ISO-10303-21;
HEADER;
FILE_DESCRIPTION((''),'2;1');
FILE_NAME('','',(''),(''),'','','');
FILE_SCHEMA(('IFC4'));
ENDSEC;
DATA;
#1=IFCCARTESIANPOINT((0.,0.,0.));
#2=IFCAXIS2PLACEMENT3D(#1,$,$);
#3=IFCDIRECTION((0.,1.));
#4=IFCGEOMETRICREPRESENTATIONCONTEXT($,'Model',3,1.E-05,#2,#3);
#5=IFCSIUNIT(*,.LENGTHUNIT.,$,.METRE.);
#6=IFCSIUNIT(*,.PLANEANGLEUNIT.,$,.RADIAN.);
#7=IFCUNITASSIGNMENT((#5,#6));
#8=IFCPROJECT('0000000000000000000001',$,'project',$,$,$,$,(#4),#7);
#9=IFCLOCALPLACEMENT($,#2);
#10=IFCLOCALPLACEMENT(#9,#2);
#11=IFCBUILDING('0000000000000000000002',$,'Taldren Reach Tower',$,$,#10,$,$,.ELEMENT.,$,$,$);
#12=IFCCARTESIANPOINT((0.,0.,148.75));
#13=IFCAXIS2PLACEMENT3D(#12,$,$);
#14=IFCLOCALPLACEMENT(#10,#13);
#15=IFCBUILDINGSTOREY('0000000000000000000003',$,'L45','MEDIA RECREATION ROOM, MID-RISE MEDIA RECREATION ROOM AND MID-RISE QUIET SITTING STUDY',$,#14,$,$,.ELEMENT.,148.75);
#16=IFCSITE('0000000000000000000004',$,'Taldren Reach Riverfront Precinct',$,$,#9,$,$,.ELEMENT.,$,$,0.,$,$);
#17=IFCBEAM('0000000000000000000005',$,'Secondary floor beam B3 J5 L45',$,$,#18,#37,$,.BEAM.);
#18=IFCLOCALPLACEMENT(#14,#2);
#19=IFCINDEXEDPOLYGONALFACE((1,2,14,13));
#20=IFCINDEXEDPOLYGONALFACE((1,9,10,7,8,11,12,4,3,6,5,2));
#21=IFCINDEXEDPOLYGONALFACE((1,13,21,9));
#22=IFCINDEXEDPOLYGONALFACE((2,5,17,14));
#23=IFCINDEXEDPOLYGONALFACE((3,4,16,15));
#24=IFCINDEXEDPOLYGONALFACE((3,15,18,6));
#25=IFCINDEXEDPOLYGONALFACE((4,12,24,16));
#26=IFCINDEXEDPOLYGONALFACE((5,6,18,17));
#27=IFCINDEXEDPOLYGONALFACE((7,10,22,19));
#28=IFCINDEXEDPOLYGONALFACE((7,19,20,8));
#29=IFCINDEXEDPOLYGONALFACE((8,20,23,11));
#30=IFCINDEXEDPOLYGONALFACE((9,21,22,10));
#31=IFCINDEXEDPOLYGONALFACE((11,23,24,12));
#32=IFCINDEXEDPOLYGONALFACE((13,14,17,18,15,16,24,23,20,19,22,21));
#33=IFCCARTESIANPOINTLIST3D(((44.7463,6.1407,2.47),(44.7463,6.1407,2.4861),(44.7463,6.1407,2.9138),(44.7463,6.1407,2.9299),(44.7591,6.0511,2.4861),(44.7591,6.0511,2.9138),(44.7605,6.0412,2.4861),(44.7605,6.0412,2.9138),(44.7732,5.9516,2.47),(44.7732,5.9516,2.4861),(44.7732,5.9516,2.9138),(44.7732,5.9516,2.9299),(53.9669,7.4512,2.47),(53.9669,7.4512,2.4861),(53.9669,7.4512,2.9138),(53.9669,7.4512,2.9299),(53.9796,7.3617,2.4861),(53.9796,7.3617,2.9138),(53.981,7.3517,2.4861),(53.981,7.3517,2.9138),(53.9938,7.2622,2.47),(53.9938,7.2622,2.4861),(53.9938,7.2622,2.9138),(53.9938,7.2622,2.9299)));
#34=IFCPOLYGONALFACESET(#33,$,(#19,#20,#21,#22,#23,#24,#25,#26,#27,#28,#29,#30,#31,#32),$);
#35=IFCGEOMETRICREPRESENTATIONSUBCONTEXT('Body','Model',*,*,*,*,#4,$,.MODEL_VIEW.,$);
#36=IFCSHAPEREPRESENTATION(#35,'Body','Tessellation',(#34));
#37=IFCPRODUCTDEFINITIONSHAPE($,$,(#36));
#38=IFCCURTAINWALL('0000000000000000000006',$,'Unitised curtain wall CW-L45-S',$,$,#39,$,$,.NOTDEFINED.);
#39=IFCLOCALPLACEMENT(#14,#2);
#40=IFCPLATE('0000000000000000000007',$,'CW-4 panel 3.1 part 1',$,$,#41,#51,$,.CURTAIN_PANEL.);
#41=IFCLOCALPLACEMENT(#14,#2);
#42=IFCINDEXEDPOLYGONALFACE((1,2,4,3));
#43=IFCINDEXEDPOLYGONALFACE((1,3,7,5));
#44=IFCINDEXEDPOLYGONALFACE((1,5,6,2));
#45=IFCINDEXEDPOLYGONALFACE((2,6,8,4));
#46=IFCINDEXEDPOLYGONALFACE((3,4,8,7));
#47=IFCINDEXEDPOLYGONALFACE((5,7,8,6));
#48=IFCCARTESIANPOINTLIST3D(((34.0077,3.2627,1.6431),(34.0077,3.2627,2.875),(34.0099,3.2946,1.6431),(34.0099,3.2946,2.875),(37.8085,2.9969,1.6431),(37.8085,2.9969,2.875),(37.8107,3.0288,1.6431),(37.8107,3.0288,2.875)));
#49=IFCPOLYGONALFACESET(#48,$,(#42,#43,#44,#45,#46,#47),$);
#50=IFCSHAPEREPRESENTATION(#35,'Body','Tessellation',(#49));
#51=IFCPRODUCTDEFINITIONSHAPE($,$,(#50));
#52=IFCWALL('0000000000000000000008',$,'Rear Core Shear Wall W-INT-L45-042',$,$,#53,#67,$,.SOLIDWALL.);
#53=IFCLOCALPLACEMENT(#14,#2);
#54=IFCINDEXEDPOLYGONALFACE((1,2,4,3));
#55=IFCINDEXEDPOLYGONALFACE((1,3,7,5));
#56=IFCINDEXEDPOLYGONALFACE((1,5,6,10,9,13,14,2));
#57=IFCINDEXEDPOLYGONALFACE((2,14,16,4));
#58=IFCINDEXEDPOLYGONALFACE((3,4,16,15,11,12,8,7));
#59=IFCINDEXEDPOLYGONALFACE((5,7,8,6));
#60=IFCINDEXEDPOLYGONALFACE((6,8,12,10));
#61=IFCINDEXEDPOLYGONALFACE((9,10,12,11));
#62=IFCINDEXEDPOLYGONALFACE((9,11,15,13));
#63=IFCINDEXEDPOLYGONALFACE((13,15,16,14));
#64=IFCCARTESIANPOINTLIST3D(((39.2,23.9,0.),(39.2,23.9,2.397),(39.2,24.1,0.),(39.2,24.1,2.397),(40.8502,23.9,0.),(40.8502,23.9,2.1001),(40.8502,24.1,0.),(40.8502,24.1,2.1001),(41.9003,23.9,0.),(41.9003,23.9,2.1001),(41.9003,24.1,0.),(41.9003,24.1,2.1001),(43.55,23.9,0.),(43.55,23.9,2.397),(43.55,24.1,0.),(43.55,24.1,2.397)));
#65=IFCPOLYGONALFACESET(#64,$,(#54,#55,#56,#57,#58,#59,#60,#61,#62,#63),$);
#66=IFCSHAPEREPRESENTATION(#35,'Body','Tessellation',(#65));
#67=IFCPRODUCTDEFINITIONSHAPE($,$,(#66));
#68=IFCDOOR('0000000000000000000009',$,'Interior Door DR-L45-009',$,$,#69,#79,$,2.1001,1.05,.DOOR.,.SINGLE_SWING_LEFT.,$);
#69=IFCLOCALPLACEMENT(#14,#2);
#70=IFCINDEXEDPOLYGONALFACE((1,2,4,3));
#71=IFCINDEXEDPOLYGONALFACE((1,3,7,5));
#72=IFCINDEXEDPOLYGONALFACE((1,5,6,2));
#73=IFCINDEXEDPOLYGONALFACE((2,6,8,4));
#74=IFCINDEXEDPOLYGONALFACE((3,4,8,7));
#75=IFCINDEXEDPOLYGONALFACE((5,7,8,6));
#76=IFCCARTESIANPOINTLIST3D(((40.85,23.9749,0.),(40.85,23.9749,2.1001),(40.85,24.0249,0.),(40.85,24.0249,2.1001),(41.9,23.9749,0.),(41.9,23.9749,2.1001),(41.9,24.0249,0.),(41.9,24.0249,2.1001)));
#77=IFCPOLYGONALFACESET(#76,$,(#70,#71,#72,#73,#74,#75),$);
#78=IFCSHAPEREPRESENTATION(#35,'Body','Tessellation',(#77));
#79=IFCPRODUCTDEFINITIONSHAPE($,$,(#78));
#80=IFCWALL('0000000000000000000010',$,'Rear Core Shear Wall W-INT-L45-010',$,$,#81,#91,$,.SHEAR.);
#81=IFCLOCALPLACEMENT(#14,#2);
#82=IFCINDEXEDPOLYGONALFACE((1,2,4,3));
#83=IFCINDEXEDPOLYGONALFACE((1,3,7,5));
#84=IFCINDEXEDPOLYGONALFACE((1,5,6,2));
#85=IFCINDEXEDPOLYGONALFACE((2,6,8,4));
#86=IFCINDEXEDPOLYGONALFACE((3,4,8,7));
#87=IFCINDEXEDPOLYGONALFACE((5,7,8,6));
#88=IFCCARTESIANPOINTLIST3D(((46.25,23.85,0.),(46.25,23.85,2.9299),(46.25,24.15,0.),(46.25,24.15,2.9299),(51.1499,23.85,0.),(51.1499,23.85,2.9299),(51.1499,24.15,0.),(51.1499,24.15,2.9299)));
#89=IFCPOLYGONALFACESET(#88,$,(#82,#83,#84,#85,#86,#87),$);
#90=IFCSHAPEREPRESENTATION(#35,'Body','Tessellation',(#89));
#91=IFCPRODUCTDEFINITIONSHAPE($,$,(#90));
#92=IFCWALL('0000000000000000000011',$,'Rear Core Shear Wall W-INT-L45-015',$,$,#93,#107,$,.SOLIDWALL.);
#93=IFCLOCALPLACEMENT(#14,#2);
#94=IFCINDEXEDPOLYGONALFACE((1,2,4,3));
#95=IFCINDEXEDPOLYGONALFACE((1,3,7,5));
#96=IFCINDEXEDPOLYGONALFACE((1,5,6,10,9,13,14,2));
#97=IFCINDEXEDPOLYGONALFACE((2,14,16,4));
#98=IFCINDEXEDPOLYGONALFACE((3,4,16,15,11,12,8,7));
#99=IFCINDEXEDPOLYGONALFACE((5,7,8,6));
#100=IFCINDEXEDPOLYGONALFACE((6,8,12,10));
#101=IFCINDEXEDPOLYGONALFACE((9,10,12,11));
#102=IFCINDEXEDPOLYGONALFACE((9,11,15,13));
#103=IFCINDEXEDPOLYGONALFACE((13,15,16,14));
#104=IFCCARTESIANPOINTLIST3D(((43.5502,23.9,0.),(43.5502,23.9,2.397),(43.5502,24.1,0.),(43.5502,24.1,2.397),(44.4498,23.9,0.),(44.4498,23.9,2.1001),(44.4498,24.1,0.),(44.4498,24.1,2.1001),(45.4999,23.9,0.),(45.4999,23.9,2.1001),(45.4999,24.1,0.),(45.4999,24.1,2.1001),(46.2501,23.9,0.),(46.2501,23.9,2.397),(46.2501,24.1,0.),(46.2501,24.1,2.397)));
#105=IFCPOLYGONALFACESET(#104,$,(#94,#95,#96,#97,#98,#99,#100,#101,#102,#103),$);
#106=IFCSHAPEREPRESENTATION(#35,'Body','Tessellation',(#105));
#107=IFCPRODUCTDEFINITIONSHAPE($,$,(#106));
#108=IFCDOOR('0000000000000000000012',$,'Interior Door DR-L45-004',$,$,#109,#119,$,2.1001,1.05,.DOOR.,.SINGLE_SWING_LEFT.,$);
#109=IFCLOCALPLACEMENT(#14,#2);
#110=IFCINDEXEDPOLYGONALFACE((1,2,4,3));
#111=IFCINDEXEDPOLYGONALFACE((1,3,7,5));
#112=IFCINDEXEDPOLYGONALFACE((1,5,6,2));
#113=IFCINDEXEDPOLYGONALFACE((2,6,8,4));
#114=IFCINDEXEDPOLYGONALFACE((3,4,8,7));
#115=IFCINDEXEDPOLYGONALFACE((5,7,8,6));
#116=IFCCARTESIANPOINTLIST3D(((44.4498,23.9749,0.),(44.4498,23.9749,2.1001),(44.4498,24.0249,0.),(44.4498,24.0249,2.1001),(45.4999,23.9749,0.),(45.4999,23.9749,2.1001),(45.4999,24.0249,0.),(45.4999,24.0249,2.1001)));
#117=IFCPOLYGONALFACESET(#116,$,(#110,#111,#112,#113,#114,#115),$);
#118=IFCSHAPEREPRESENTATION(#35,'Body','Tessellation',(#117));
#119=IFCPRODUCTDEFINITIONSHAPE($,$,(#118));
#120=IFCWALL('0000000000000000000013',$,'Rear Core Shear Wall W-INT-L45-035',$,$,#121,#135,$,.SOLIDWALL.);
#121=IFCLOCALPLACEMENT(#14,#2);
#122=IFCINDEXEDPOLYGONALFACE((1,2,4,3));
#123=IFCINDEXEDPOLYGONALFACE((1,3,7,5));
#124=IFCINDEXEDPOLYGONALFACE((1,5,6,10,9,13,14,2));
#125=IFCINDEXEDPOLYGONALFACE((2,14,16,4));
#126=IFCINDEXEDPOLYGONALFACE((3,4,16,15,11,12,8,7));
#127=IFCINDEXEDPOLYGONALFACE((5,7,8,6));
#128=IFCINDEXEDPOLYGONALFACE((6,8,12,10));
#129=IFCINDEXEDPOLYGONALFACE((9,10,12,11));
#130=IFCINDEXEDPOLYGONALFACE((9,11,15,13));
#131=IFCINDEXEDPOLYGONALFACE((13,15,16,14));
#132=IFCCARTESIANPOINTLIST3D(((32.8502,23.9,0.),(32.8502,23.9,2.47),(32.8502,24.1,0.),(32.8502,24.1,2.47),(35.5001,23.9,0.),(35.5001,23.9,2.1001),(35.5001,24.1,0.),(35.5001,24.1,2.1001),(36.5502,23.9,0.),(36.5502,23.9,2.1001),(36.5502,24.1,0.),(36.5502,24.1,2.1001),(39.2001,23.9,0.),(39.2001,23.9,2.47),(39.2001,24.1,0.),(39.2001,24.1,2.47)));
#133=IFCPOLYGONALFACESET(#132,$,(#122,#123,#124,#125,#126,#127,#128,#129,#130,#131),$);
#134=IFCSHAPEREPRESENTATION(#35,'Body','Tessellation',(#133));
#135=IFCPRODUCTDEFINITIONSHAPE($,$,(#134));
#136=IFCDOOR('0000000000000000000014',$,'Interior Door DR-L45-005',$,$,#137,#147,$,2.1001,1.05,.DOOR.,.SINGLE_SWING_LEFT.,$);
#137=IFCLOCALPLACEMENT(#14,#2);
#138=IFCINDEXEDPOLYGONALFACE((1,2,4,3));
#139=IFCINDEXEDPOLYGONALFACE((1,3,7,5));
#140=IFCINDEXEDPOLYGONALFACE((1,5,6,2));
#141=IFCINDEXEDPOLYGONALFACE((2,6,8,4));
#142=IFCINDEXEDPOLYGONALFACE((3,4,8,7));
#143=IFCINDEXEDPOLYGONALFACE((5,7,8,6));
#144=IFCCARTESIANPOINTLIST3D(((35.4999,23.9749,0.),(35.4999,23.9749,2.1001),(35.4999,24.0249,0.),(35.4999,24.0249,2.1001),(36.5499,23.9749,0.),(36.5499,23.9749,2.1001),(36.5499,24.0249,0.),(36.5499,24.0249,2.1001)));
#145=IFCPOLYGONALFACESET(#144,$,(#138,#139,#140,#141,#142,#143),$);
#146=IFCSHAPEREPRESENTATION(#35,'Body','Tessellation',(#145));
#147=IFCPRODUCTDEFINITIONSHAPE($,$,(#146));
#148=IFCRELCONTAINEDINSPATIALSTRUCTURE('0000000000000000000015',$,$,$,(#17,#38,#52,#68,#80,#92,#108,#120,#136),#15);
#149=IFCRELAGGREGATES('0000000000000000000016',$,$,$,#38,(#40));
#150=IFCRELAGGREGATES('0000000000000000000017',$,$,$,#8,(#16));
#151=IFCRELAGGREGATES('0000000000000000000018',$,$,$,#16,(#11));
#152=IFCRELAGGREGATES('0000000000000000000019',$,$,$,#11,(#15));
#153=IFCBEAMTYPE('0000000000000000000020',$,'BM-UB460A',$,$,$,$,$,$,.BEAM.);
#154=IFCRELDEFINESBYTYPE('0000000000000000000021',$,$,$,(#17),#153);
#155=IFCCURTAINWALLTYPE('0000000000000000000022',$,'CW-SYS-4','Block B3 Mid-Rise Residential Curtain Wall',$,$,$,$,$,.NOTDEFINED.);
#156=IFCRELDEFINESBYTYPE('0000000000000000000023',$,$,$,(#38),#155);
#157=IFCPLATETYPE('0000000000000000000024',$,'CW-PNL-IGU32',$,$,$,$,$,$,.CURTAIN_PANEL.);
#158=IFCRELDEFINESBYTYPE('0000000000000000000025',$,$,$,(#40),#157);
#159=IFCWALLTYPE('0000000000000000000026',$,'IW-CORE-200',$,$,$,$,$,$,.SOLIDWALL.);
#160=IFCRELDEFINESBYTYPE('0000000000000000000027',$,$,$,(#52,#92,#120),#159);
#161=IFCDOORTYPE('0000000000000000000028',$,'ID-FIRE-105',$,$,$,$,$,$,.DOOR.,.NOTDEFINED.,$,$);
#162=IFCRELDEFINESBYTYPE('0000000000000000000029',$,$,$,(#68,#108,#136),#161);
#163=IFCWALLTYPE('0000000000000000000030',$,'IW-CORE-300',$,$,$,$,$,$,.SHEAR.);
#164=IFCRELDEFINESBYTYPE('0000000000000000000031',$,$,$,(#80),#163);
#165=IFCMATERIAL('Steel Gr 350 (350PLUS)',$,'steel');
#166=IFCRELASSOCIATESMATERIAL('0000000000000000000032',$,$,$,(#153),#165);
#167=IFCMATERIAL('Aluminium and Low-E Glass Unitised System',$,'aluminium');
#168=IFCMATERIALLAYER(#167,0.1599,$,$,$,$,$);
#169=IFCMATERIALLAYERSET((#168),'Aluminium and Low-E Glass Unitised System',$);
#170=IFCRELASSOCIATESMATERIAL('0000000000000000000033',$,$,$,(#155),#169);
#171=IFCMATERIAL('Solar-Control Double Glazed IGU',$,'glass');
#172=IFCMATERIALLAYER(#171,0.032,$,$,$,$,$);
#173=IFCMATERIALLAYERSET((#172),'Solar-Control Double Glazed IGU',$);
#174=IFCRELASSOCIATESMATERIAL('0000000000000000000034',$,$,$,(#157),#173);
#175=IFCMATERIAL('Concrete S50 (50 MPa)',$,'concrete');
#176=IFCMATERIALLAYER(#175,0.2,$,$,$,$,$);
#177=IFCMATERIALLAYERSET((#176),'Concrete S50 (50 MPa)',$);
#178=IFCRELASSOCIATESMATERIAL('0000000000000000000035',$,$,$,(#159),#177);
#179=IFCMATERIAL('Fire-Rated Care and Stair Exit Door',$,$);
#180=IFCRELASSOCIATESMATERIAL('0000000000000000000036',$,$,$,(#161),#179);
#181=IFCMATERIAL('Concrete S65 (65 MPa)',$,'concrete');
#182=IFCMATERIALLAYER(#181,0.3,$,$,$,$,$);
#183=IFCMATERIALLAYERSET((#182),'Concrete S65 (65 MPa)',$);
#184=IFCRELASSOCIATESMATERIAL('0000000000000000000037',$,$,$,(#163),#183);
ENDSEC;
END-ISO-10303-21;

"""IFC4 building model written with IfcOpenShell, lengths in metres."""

from ifc_helpers import new_model, si_unit, direction, frame, frame_2d, origin, origin_2d, place, context, subcontext, project, spatial, rectangle, i_section, extrude, source, transform, mapped, material, layer, layer_set, material_profile, profile_set, type_object, element, fill, aggregate, save


model = new_model("IFC4")

# Units and contexts
model_context = context("Model", 3, precision=1e-05, world=origin(), true_north=direction((0.0, 1.0)))
body_context = subcontext(model_context, "Body", "Model", "MODEL_VIEW")
ifc_project = project(units=[si_unit("LENGTHUNIT", "METRE"), si_unit("PLANEANGLEUNIT", "RADIAN")], contexts=[model_context])

# Site, building, storey
site_placement = place(None, origin())
site = spatial("IfcSite", under=ifc_project, at=site_placement, Name="Taldren Reach Riverfront Precinct", CompositionType="ELEMENT", RefElevation=0.0)
building_placement = place(site_placement, origin())
building = spatial("IfcBuilding", under=site, at=building_placement, Name="Taldren Reach Tower", CompositionType="ELEMENT")
storey_placement = place(building_placement, frame((0.0, 0.0, 148.75)))
storey = spatial("IfcBuildingStorey", under=building, at=storey_placement, Name="L45", Description="MEDIA RECREATION ROOM, MID-RISE MEDIA RECREATION ROOM AND MID-RISE QUIET SITTING STUDY", CompositionType="ELEMENT", Elevation=148.75)

# Shared definitions
ifc_material_1 = material(Name="Steel Gr 350 (350PLUS)", Category="steel")

# Shared definitions
ifc_material_profile_1 = material_profile(ifc_material_1, i_section(OverallWidth=0.1909, OverallDepth=0.46, WebThickness=0.01, FlangeThickness=0.0161, at=origin_2d()), Name="460UB82.1")
ifc_profile_set_1 = profile_set([ifc_material_profile_1], Name="Steel Gr 350 (350PLUS)")
beam_type_1 = type_object("IfcBeamType", Name="BM-UB460A", PredefinedType="BEAM", material=ifc_profile_set_1)

# Beam
shared_shape_1 = source(origin(), body_context, "Body", "SweptSolid", [
    extrude(i_section(OverallWidth=0.1909, OverallDepth=0.46, WebThickness=0.01, FlangeThickness=0.0161, at=origin_2d()), origin(), (0.0, 0.0, 1.0), 9.3132),
])
beam_1_placement = place(storey_placement, frame((44.7598, 6.0461, 2.7), z_axis=(0.990049, 0.14072, 0.0), x_axis=(-0.14072, 0.990049, 0.0)))
element("IfcBeam", 1, at=beam_1_placement, inside=storey, type_object=beam_type_1, Name="Secondary floor beam B3 J5 L45", PredefinedType="BEAM", context=body_context, shape_type="MappedRepresentation", body=[
    mapped(shared_shape_1, transform((0.0, 0.0, 0.0), scale=1.0)),
])

# Curtain wall, plate
ifc_material_2 = material(Name="Aluminium and Low-E Glass Unitised System", Category="aluminium")
ifc_layer_1 = layer(ifc_material_2, 0.1599)
ifc_layer_set_1 = layer_set([ifc_layer_1], Name="Aluminium and Low-E Glass Unitised System")
curtain_wall_type = type_object("IfcCurtainWallType", Name="CW-SYS-4", Description="Block B3 Mid-Rise Residential Curtain Wall", PredefinedType="NOTDEFINED", material=ifc_layer_set_1)
curtain_wall_placement = place(storey_placement, origin())
curtain_wall = element("IfcCurtainWall", 2, at=curtain_wall_placement, inside=storey, type_object=curtain_wall_type, Name="Unitised curtain wall CW-L45-S", PredefinedType="NOTDEFINED")
ifc_material_3 = material(Name="Solar-Control Double Glazed IGU", Category="glass")
ifc_layer_2 = layer(ifc_material_3, 0.032)
ifc_layer_set_2 = layer_set([ifc_layer_2], Name="Solar-Control Double Glazed IGU")
plate_type = type_object("IfcPlateType", Name="CW-PNL-IGU32", PredefinedType="CURTAIN_PANEL", material=ifc_layer_set_2)
shared_shape_2 = source(origin(), body_context, "Body", "SweptSolid", [
    extrude(rectangle(XDim=3.8101, YDim=0.032, at=origin_2d()), origin(), (0.0, 0.0, 1.0), 1.2319),
])
plate_placement = place(storey_placement, frame((35.9092, 3.1458, 1.6431), z_axis=(0.0, 0.0, 1.0), x_axis=(0.997564, -0.069757, 0.0)))
plate = element("IfcPlate", 3, at=plate_placement, type_object=plate_type, Name="CW-4 panel 3.1 part 1", PredefinedType="CURTAIN_PANEL", context=body_context, shape_type="MappedRepresentation", body=[
    mapped(shared_shape_2, transform((0.0, 0.0, 0.0), scale=1.0)),
])
aggregate(curtain_wall, [plate])

# Wall, opening, door
ifc_material_4 = material(Name="Concrete S50 (50 MPa)", Category="concrete")
ifc_layer_3 = layer(ifc_material_4, 0.2)
ifc_layer_set_3 = layer_set([ifc_layer_3], Name="Concrete S50 (50 MPa)")
wall_type_1 = type_object("IfcWallType", Name="IW-CORE-200", PredefinedType="SOLIDWALL", material=ifc_layer_set_3)
shared_shape_3 = source(origin(), body_context, "Body", "SweptSolid", [
    extrude(rectangle(XDim=4.3501, YDim=0.2, at=frame_2d((2.175, 0.0))), origin(), (0.0, 0.0, 1.0), 2.397),
])
wall_1_placement = place(storey_placement, frame((43.55, 24.0, 0.0), z_axis=(0.0, 0.0, 1.0), x_axis=(-1.0, 0.0, 0.0)))
wall_1 = element("IfcWall", 4, at=wall_1_placement, inside=storey, type_object=wall_type_1, Name="Rear Core Shear Wall W-INT-L45-042", PredefinedType="SOLIDWALL", context=body_context, shape_type="MappedRepresentation", body=[
    mapped(shared_shape_3, transform((0.0, 0.0, 0.0), scale=1.0)),
])
shared_shape_4 = source(origin(), body_context, "Body", "SweptSolid", [
    extrude(rectangle(XDim=1.05, YDim=2.1001, at=frame_2d((0.5249, 1.05))), frame((0.0, 0.1099, 0.0), z_axis=(0.0, -1.0, 0.0), x_axis=(1.0, 0.0, 0.0)), (0.0, 0.0, 1.0), 0.22),
])
opening_1_placement = place(wall_1_placement, frame((1.6499, 0.0, 0.0)))
opening_1 = element("IfcOpeningElement", 5, at=opening_1_placement, cuts=wall_1, PredefinedType="OPENING", context=body_context, shape_type="MappedRepresentation", body=[
    mapped(shared_shape_4, transform((0.0, 0.0, 0.0), scale=1.0)),
])
ifc_material_5 = material(Name="Fire-Rated Care and Stair Exit Door")
door_type_1 = type_object("IfcDoorType", Name="ID-FIRE-105", OperationType="NOTDEFINED", PredefinedType="DOOR", material=ifc_material_5)
shared_shape_5 = source(origin(), body_context, "Body", "SweptSolid", [
    extrude(rectangle(XDim=1.05, YDim=2.1001, at=frame_2d((0.5249, 1.05))), frame((0.0, 0.0249, 0.0), z_axis=(0.0, -1.0, 0.0), x_axis=(1.0, 0.0, 0.0)), (0.0, 0.0, 1.0), 0.05),
])
door_1_placement = place(opening_1_placement, frame((1.05, 0.0, 0.0), z_axis=(0.0, 0.0, 1.0), x_axis=(-1.0, 0.0, 0.0)))
door_1 = element("IfcDoor", 6, at=door_1_placement, inside=storey, type_object=door_type_1, Name="Interior Door DR-L45-009", OperationType="SINGLE_SWING_LEFT", OverallHeight=2.1001, OverallWidth=1.05, PredefinedType="DOOR", context=body_context, shape_type="MappedRepresentation", body=[
    mapped(shared_shape_5, transform((0.0, 0.0, 0.0), scale=1.0)),
])
fill(opening_1, door_1)

# Wall
ifc_material_6 = material(Name="Concrete S65 (65 MPa)", Category="concrete")
ifc_layer_4 = layer(ifc_material_6, 0.3)
ifc_layer_set_4 = layer_set([ifc_layer_4], Name="Concrete S65 (65 MPa)")
wall_type_2 = type_object("IfcWallType", Name="IW-CORE-300", PredefinedType="SHEAR", material=ifc_layer_set_4)
shared_shape_6 = source(origin(), body_context, "Body", "SweptSolid", [
    extrude(rectangle(XDim=4.8999, YDim=0.3, at=frame_2d((2.45, 0.0))), origin(), (0.0, 0.0, 1.0), 2.9299),
])
wall_2_placement = place(storey_placement, frame((46.25, 24.0, 0.0), z_axis=(0.0, 0.0, 1.0), x_axis=(1.0, 0.0, 0.0)))
element("IfcWall", 7, at=wall_2_placement, inside=storey, type_object=wall_type_2, Name="Rear Core Shear Wall W-INT-L45-010", PredefinedType="SHEAR", context=body_context, shape_type="MappedRepresentation", body=[
    mapped(shared_shape_6, transform((0.0, 0.0, 0.0), scale=1.0)),
])

# Walls, openings, doors
shared_shape_7 = source(origin(), body_context, "Body", "SweptSolid", [
    extrude(rectangle(XDim=2.7, YDim=0.2, at=frame_2d((1.3501, 0.0))), origin(), (0.0, 0.0, 1.0), 2.397),
])
wall_3_placement = place(storey_placement, frame((43.55, 24.0, 0.0), z_axis=(0.0, 0.0, 1.0), x_axis=(1.0, 0.0, 0.0)))
wall_3 = element("IfcWall", 8, at=wall_3_placement, inside=storey, type_object=wall_type_1, Name="Rear Core Shear Wall W-INT-L45-015", PredefinedType="SOLIDWALL", context=body_context, shape_type="MappedRepresentation", body=[
    mapped(shared_shape_7, transform((0.0, 0.0, 0.0), scale=1.0)),
])
opening_2_placement = place(wall_3_placement, frame((0.8999, 0.0, 0.0)))
opening_2 = element("IfcOpeningElement", 9, at=opening_2_placement, cuts=wall_3, PredefinedType="OPENING", context=body_context, shape_type="MappedRepresentation", body=[
    mapped(shared_shape_4, transform((0.0, 0.0, 0.0), scale=1.0)),
])
door_2_placement = place(opening_2_placement, origin())
door_2 = element("IfcDoor", 10, at=door_2_placement, inside=storey, type_object=door_type_1, Name="Interior Door DR-L45-004", OperationType="SINGLE_SWING_LEFT", OverallHeight=2.1001, OverallWidth=1.05, PredefinedType="DOOR", context=body_context, shape_type="MappedRepresentation", body=[
    mapped(shared_shape_5, transform((0.0, 0.0, 0.0), scale=1.0)),
])
fill(opening_2, door_2)
shared_shape_8 = source(origin(), body_context, "Body", "SweptSolid", [
    extrude(rectangle(XDim=6.3499, YDim=0.2, at=frame_2d((3.1748, 0.0))), origin(), (0.0, 0.0, 1.0), 2.47),
])
wall_4_placement = place(storey_placement, frame((39.2, 24.0, 0.0), z_axis=(0.0, 0.0, 1.0), x_axis=(-1.0, 0.0, 0.0)))
wall_4 = element("IfcWall", 11, at=wall_4_placement, inside=storey, type_object=wall_type_1, Name="Rear Core Shear Wall W-INT-L45-035", PredefinedType="SOLIDWALL", context=body_context, shape_type="MappedRepresentation", body=[
    mapped(shared_shape_8, transform((0.0, 0.0, 0.0), scale=1.0)),
])
opening_3_placement = place(wall_4_placement, frame((2.6499, 0.0, 0.0)))
opening_3 = element("IfcOpeningElement", 12, at=opening_3_placement, cuts=wall_4, PredefinedType="OPENING", context=body_context, shape_type="MappedRepresentation", body=[
    mapped(shared_shape_4, transform((0.0, 0.0, 0.0), scale=1.0)),
])
door_3_placement = place(opening_3_placement, frame((1.05, 0.0, 0.0), z_axis=(0.0, 0.0, 1.0), x_axis=(-1.0, 0.0, 0.0)))
door_3 = element("IfcDoor", 13, at=door_3_placement, inside=storey, type_object=door_type_1, Name="Interior Door DR-L45-005", OperationType="SINGLE_SWING_LEFT", OverallHeight=2.1001, OverallWidth=1.05, PredefinedType="DOOR", context=body_context, shape_type="MappedRepresentation", body=[
    mapped(shared_shape_5, transform((0.0, 0.0, 0.0), scale=1.0)),
])
fill(opening_3, door_3)

save(model, "model.ifc")
